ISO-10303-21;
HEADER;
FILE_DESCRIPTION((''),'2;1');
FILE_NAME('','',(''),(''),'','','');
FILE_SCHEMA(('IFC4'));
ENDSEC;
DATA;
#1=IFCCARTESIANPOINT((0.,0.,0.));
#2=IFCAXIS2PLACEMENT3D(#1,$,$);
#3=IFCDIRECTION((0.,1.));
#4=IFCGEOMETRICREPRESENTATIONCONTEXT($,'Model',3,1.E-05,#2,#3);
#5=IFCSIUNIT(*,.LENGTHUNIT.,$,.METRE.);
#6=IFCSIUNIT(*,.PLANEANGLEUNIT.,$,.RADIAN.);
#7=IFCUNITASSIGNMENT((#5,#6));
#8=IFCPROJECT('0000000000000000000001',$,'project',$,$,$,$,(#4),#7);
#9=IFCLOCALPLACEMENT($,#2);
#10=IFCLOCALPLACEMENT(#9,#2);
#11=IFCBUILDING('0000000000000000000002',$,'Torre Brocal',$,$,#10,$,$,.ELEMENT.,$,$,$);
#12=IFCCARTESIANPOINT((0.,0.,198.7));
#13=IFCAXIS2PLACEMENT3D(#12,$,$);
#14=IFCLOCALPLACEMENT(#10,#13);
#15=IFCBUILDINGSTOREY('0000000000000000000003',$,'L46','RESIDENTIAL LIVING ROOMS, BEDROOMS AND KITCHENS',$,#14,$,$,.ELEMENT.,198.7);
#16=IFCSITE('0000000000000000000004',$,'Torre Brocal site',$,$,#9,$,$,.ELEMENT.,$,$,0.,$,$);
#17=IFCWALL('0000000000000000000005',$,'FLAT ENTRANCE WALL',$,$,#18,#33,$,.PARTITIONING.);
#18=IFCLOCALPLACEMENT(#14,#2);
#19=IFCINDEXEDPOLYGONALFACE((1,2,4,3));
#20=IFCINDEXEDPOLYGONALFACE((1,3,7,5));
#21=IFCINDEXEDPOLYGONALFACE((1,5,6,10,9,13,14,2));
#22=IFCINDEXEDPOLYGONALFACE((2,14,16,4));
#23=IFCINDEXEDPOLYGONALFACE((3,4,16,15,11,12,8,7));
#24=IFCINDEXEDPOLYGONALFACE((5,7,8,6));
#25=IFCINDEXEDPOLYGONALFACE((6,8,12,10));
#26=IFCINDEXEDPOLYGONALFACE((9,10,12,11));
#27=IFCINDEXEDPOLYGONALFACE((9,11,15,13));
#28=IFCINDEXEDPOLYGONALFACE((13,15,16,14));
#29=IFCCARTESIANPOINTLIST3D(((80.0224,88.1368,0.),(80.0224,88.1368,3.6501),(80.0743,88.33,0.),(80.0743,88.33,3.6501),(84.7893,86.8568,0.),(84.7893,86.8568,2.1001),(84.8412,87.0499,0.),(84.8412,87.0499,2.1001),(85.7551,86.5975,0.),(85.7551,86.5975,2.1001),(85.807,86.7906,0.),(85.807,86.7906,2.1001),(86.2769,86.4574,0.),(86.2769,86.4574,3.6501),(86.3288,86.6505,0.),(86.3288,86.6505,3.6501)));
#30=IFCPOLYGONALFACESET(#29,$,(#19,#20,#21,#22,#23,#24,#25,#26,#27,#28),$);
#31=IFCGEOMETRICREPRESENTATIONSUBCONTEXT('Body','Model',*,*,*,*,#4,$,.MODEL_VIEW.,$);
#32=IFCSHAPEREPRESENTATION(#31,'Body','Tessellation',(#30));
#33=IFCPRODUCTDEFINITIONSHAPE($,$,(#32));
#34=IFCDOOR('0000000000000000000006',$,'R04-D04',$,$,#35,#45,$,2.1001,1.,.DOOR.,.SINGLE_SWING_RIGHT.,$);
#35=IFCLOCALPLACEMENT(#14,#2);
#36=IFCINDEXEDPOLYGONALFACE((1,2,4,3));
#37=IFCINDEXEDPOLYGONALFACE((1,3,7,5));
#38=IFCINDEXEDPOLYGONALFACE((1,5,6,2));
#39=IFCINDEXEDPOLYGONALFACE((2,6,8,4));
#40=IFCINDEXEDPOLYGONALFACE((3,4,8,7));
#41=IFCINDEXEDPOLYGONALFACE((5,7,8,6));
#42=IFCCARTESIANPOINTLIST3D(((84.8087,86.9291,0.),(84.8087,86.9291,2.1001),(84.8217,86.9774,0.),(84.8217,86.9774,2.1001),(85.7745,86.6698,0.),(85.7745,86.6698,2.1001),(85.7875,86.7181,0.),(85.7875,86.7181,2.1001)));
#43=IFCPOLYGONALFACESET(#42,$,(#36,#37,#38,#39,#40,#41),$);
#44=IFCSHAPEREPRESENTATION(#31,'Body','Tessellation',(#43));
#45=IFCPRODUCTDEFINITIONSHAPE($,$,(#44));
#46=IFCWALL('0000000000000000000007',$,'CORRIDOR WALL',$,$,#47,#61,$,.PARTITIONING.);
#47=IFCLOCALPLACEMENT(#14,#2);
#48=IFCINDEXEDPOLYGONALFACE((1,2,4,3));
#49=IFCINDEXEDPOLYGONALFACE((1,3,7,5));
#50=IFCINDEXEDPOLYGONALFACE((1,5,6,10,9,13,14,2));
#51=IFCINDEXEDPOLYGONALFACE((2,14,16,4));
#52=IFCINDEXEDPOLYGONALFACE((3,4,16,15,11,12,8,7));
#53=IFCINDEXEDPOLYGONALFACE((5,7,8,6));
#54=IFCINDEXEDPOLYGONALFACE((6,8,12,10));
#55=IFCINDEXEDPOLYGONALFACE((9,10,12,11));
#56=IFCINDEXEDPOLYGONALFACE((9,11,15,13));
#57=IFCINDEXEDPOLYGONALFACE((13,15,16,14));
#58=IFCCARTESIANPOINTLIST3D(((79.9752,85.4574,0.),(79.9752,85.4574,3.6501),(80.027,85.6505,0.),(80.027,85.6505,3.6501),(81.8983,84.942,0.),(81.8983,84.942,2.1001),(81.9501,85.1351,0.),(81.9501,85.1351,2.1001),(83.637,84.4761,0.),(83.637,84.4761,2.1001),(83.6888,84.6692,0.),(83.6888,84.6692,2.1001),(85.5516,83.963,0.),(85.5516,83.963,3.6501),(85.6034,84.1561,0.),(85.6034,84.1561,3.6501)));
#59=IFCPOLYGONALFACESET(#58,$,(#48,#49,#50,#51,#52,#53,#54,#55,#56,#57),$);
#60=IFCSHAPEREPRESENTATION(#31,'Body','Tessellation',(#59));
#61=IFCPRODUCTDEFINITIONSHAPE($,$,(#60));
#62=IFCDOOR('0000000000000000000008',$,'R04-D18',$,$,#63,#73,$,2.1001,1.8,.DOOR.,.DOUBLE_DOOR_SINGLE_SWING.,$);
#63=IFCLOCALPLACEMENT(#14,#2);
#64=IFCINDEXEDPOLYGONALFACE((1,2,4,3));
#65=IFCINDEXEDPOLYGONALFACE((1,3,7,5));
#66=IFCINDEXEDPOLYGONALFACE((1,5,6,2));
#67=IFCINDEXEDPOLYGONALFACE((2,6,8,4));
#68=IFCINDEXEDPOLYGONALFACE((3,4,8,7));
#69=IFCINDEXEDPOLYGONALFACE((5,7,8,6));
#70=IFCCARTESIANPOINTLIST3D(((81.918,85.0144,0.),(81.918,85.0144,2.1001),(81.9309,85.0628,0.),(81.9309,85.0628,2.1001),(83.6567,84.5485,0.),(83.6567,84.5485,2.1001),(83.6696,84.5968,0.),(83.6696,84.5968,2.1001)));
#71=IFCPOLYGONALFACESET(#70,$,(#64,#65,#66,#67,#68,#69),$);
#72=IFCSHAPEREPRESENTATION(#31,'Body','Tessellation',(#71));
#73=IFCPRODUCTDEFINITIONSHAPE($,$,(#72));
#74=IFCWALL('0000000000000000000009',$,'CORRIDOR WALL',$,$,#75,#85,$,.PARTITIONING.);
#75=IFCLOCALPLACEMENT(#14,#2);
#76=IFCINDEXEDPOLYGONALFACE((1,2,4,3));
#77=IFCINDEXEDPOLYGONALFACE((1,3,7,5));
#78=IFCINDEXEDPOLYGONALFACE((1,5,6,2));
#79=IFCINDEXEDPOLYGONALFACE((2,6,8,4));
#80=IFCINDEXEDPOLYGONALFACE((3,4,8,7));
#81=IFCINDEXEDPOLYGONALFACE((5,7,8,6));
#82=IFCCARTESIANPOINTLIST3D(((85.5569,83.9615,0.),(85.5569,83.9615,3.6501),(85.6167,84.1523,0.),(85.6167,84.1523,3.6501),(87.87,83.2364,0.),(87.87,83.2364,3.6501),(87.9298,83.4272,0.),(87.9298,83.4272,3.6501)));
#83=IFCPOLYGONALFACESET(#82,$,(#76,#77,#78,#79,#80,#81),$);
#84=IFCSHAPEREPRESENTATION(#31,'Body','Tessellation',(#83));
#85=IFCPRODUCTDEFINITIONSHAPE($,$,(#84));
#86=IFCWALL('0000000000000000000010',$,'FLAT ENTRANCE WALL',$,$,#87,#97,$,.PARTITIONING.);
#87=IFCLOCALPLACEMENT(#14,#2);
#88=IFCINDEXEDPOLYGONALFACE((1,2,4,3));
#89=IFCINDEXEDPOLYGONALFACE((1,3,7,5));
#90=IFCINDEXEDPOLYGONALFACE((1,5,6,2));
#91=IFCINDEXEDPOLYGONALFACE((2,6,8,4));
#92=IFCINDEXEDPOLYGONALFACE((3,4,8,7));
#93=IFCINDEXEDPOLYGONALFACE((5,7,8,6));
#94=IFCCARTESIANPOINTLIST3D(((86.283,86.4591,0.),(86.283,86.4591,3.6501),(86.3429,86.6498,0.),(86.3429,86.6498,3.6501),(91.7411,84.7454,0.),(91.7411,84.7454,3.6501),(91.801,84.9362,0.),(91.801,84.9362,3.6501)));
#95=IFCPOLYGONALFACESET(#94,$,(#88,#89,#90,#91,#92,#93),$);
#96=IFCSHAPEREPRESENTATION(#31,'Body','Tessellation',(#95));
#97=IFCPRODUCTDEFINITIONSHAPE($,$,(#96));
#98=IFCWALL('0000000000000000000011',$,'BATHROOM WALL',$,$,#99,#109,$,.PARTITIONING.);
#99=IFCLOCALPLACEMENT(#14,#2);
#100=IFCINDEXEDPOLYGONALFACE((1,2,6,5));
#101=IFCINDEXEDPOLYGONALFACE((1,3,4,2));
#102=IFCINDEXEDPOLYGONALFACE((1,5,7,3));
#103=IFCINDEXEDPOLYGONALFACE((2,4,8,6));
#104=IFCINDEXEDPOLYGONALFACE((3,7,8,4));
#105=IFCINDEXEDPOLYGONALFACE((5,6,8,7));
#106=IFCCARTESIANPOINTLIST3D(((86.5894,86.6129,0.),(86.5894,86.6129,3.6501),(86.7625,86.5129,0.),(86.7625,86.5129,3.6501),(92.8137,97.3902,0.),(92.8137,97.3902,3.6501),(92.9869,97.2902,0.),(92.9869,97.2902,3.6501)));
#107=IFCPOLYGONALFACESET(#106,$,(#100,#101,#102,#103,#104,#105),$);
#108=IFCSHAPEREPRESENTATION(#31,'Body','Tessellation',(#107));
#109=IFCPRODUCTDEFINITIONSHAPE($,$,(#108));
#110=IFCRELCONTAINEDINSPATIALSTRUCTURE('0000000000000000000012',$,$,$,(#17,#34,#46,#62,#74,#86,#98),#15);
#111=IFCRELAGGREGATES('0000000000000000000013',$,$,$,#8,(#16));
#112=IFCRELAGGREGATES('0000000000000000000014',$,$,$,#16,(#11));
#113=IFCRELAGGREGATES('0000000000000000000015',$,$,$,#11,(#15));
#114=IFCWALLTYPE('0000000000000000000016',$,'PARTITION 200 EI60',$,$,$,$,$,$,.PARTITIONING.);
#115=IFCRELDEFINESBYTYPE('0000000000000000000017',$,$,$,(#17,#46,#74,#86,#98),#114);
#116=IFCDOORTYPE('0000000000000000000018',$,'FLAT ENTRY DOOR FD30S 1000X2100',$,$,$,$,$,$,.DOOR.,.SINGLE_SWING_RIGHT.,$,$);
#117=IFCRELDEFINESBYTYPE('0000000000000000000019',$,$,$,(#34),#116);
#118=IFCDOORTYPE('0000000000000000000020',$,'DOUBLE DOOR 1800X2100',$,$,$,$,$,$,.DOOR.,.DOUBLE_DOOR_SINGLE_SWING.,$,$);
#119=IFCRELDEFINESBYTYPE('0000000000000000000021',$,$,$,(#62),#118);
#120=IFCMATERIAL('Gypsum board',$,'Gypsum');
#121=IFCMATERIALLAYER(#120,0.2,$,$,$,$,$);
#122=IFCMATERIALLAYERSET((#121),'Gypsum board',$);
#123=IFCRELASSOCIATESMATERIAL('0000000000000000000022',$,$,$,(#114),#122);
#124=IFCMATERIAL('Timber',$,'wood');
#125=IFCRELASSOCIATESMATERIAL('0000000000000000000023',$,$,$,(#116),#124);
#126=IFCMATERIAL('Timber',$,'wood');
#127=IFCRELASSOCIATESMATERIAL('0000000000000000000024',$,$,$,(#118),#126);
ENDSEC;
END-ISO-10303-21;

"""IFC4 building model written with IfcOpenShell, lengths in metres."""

from ifc_helpers import new_model, si_unit, direction, frame, frame_2d, origin, place, context, subcontext, project, spatial, rectangle, extrude, material, layer, layer_set, type_object, element, fill, save


model = new_model("IFC4")

# Units and contexts
model_context = context("Model", 3, precision=1e-05, world=origin(), true_north=direction((0.0, 1.0)))
body_context = subcontext(model_context, "Body", "Model", "MODEL_VIEW")
ifc_project = project(units=[si_unit("LENGTHUNIT", "METRE"), si_unit("PLANEANGLEUNIT", "RADIAN")], contexts=[model_context])

# Site, building, storey
site_placement = place(None, origin())
site = spatial("IfcSite", under=ifc_project, at=site_placement, Name="Torre Brocal site", CompositionType="ELEMENT", RefElevation=0.0)
building_placement = place(site_placement, origin())
building = spatial("IfcBuilding", under=site, at=building_placement, Name="Torre Brocal", CompositionType="ELEMENT")
storey_placement = place(building_placement, frame((0.0, 0.0, 198.7)))
storey = spatial("IfcBuildingStorey", under=building, at=storey_placement, Name="L46", Description="RESIDENTIAL LIVING ROOMS, BEDROOMS AND KITCHENS", CompositionType="ELEMENT", Elevation=198.7)

# Shared definitions
ifc_material_1 = material(Name="Gypsum board", Category="Gypsum")
ifc_layer_1 = layer(ifc_material_1, 0.2)
ifc_layer_set_1 = layer_set([ifc_layer_1], Name="Gypsum board")
wall_type_1 = type_object("IfcWallType", Name="PARTITION 200 EI60", PredefinedType="PARTITIONING", material=ifc_layer_set_1)

# Walls, openings, doors
wall_1_placement = place(storey_placement, frame((80.0483, 88.2334, 0.0), z_axis=(0.0, 0.0, 1.0), x_axis=(0.965787, -0.259335, 0.0)))
wall_1 = element("IfcWall", 1, at=wall_1_placement, inside=storey, type_object=wall_type_1, Name="FLAT ENTRANCE WALL", PredefinedType="PARTITIONING", context=body_context, shape_type="SweptSolid", body=[
    extrude(rectangle(XDim=6.4761, YDim=0.2, at=frame_2d((3.238, 0.0))), origin(), (0.0, 0.0, 1.0), 3.6501),
])
opening_1_placement = place(wall_1_placement, frame((4.9358, 0.0, 0.0)))
opening_1 = element("IfcOpeningElement", 2, at=opening_1_placement, cuts=wall_1, PredefinedType="OPENING", context=body_context, shape_type="SweptSolid", body=[
    extrude(rectangle(XDim=1.0, YDim=2.1001, at=frame_2d((0.5, 1.05))), frame((0.0, 0.1099, 0.0), z_axis=(0.0, -1.0, 0.0), x_axis=(1.0, 0.0, 0.0)), (0.0, 0.0, 1.0), 0.22),
])
ifc_material_2 = material(Name="Timber", Category="wood")
door_type_1 = type_object("IfcDoorType", Name="FLAT ENTRY DOOR FD30S 1000X2100", OperationType="SINGLE_SWING_RIGHT", PredefinedType="DOOR", material=ifc_material_2)
door_1_placement = place(opening_1_placement, origin())
door_1 = element("IfcDoor", 3, at=door_1_placement, inside=storey, type_object=door_type_1, Name="R04-D04", OperationType="SINGLE_SWING_RIGHT", OverallHeight=2.1001, OverallWidth=1.0, PredefinedType="DOOR", context=body_context, shape_type="SweptSolid", body=[
    extrude(rectangle(XDim=1.0, YDim=2.1001, at=frame_2d((0.5, 1.05))), frame((0.0, 0.0249, 0.0), z_axis=(0.0, -1.0, 0.0), x_axis=(1.0, 0.0, 0.0)), (0.0, 0.0, 1.0), 0.05),
])
fill(opening_1, door_1)
wall_2_placement = place(storey_placement, frame((80.001, 85.554, 0.0), z_axis=(0.0, 0.0, 1.0), x_axis=(0.965918, -0.25885, 0.0)))
wall_2 = element("IfcWall", 4, at=wall_2_placement, inside=storey, type_object=wall_type_1, Name="CORRIDOR WALL", PredefinedType="PARTITIONING", context=body_context, shape_type="SweptSolid", body=[
    extrude(rectangle(XDim=5.7732, YDim=0.2, at=frame_2d((2.8867, 0.0))), origin(), (0.0, 0.0, 1.0), 3.6501),
])
opening_2_placement = place(wall_2_placement, frame((1.9912, 0.0, 0.0)))
opening_2 = element("IfcOpeningElement", 5, at=opening_2_placement, cuts=wall_2, PredefinedType="OPENING", context=body_context, shape_type="SweptSolid", body=[
    extrude(rectangle(XDim=1.8, YDim=2.1001, at=frame_2d((0.8999, 1.05))), frame((0.0, 0.1099, 0.0), z_axis=(0.0, -1.0, 0.0), x_axis=(1.0, 0.0, 0.0)), (0.0, 0.0, 1.0), 0.22),
])
ifc_material_3 = material(Name="Timber", Category="wood")
door_type_2 = type_object("IfcDoorType", Name="DOUBLE DOOR 1800X2100", OperationType="DOUBLE_DOOR_SINGLE_SWING", PredefinedType="DOOR", material=ifc_material_3)
door_2_placement = place(opening_2_placement, frame((1.8, 0.0, 0.0), z_axis=(0.0, 0.0, 1.0), x_axis=(-1.0, 0.0, 0.0)))
door_2 = element("IfcDoor", 6, at=door_2_placement, inside=storey, type_object=door_type_2, Name="R04-D18", OperationType="DOUBLE_DOOR_SINGLE_SWING", OverallHeight=2.1001, OverallWidth=1.8, PredefinedType="DOOR", context=body_context, shape_type="SweptSolid", body=[
    extrude(rectangle(XDim=1.8, YDim=2.1001, at=frame_2d((0.8999, 1.05))), frame((0.0, 0.0249, 0.0), z_axis=(0.0, -1.0, 0.0), x_axis=(1.0, 0.0, 0.0)), (0.0, 0.0, 1.0), 0.05),
])
fill(opening_2, door_2)

# Walls
wall_3_placement = place(storey_placement, frame((85.5869, 84.0569, 0.0), z_axis=(0.0, 0.0, 1.0), x_axis=(0.954211, -0.299135, 0.0)))
element("IfcWall", 7, at=wall_3_placement, inside=storey, type_object=wall_type_1, Name="CORRIDOR WALL", PredefinedType="PARTITIONING", context=body_context, shape_type="SweptSolid", body=[
    extrude(rectangle(XDim=2.4241, YDim=0.2, at=frame_2d((1.2119, 0.0))), origin(), (0.0, 0.0, 1.0), 3.6501),
])
wall_4_placement = place(storey_placement, frame((86.313, 86.5544, 0.0), z_axis=(0.0, 0.0, 1.0), x_axis=(0.954081, -0.299548, 0.0)))
element("IfcWall", 8, at=wall_4_placement, inside=storey, type_object=wall_type_1, Name="FLAT ENTRANCE WALL", PredefinedType="PARTITIONING", context=body_context, shape_type="SweptSolid", body=[
    extrude(rectangle(XDim=5.7207, YDim=0.2, at=frame_2d((2.8604, 0.0))), origin(), (0.0, 0.0, 1.0), 3.6501),
])
wall_5_placement = place(storey_placement, frame((86.676, 86.563, 0.0), z_axis=(0.0, 0.0, 1.0), x_axis=(0.500124, 0.865954, 0.0)))
element("IfcWall", 9, at=wall_5_placement, inside=storey, type_object=wall_type_1, Name="BATHROOM WALL", PredefinedType="PARTITIONING", context=body_context, shape_type="SweptSolid", body=[
    extrude(rectangle(XDim=12.4456, YDim=0.2, at=frame_2d((6.2227, 0.0))), origin(), (0.0, 0.0, 1.0), 3.6501),
])

save(model, "model.ifc")
